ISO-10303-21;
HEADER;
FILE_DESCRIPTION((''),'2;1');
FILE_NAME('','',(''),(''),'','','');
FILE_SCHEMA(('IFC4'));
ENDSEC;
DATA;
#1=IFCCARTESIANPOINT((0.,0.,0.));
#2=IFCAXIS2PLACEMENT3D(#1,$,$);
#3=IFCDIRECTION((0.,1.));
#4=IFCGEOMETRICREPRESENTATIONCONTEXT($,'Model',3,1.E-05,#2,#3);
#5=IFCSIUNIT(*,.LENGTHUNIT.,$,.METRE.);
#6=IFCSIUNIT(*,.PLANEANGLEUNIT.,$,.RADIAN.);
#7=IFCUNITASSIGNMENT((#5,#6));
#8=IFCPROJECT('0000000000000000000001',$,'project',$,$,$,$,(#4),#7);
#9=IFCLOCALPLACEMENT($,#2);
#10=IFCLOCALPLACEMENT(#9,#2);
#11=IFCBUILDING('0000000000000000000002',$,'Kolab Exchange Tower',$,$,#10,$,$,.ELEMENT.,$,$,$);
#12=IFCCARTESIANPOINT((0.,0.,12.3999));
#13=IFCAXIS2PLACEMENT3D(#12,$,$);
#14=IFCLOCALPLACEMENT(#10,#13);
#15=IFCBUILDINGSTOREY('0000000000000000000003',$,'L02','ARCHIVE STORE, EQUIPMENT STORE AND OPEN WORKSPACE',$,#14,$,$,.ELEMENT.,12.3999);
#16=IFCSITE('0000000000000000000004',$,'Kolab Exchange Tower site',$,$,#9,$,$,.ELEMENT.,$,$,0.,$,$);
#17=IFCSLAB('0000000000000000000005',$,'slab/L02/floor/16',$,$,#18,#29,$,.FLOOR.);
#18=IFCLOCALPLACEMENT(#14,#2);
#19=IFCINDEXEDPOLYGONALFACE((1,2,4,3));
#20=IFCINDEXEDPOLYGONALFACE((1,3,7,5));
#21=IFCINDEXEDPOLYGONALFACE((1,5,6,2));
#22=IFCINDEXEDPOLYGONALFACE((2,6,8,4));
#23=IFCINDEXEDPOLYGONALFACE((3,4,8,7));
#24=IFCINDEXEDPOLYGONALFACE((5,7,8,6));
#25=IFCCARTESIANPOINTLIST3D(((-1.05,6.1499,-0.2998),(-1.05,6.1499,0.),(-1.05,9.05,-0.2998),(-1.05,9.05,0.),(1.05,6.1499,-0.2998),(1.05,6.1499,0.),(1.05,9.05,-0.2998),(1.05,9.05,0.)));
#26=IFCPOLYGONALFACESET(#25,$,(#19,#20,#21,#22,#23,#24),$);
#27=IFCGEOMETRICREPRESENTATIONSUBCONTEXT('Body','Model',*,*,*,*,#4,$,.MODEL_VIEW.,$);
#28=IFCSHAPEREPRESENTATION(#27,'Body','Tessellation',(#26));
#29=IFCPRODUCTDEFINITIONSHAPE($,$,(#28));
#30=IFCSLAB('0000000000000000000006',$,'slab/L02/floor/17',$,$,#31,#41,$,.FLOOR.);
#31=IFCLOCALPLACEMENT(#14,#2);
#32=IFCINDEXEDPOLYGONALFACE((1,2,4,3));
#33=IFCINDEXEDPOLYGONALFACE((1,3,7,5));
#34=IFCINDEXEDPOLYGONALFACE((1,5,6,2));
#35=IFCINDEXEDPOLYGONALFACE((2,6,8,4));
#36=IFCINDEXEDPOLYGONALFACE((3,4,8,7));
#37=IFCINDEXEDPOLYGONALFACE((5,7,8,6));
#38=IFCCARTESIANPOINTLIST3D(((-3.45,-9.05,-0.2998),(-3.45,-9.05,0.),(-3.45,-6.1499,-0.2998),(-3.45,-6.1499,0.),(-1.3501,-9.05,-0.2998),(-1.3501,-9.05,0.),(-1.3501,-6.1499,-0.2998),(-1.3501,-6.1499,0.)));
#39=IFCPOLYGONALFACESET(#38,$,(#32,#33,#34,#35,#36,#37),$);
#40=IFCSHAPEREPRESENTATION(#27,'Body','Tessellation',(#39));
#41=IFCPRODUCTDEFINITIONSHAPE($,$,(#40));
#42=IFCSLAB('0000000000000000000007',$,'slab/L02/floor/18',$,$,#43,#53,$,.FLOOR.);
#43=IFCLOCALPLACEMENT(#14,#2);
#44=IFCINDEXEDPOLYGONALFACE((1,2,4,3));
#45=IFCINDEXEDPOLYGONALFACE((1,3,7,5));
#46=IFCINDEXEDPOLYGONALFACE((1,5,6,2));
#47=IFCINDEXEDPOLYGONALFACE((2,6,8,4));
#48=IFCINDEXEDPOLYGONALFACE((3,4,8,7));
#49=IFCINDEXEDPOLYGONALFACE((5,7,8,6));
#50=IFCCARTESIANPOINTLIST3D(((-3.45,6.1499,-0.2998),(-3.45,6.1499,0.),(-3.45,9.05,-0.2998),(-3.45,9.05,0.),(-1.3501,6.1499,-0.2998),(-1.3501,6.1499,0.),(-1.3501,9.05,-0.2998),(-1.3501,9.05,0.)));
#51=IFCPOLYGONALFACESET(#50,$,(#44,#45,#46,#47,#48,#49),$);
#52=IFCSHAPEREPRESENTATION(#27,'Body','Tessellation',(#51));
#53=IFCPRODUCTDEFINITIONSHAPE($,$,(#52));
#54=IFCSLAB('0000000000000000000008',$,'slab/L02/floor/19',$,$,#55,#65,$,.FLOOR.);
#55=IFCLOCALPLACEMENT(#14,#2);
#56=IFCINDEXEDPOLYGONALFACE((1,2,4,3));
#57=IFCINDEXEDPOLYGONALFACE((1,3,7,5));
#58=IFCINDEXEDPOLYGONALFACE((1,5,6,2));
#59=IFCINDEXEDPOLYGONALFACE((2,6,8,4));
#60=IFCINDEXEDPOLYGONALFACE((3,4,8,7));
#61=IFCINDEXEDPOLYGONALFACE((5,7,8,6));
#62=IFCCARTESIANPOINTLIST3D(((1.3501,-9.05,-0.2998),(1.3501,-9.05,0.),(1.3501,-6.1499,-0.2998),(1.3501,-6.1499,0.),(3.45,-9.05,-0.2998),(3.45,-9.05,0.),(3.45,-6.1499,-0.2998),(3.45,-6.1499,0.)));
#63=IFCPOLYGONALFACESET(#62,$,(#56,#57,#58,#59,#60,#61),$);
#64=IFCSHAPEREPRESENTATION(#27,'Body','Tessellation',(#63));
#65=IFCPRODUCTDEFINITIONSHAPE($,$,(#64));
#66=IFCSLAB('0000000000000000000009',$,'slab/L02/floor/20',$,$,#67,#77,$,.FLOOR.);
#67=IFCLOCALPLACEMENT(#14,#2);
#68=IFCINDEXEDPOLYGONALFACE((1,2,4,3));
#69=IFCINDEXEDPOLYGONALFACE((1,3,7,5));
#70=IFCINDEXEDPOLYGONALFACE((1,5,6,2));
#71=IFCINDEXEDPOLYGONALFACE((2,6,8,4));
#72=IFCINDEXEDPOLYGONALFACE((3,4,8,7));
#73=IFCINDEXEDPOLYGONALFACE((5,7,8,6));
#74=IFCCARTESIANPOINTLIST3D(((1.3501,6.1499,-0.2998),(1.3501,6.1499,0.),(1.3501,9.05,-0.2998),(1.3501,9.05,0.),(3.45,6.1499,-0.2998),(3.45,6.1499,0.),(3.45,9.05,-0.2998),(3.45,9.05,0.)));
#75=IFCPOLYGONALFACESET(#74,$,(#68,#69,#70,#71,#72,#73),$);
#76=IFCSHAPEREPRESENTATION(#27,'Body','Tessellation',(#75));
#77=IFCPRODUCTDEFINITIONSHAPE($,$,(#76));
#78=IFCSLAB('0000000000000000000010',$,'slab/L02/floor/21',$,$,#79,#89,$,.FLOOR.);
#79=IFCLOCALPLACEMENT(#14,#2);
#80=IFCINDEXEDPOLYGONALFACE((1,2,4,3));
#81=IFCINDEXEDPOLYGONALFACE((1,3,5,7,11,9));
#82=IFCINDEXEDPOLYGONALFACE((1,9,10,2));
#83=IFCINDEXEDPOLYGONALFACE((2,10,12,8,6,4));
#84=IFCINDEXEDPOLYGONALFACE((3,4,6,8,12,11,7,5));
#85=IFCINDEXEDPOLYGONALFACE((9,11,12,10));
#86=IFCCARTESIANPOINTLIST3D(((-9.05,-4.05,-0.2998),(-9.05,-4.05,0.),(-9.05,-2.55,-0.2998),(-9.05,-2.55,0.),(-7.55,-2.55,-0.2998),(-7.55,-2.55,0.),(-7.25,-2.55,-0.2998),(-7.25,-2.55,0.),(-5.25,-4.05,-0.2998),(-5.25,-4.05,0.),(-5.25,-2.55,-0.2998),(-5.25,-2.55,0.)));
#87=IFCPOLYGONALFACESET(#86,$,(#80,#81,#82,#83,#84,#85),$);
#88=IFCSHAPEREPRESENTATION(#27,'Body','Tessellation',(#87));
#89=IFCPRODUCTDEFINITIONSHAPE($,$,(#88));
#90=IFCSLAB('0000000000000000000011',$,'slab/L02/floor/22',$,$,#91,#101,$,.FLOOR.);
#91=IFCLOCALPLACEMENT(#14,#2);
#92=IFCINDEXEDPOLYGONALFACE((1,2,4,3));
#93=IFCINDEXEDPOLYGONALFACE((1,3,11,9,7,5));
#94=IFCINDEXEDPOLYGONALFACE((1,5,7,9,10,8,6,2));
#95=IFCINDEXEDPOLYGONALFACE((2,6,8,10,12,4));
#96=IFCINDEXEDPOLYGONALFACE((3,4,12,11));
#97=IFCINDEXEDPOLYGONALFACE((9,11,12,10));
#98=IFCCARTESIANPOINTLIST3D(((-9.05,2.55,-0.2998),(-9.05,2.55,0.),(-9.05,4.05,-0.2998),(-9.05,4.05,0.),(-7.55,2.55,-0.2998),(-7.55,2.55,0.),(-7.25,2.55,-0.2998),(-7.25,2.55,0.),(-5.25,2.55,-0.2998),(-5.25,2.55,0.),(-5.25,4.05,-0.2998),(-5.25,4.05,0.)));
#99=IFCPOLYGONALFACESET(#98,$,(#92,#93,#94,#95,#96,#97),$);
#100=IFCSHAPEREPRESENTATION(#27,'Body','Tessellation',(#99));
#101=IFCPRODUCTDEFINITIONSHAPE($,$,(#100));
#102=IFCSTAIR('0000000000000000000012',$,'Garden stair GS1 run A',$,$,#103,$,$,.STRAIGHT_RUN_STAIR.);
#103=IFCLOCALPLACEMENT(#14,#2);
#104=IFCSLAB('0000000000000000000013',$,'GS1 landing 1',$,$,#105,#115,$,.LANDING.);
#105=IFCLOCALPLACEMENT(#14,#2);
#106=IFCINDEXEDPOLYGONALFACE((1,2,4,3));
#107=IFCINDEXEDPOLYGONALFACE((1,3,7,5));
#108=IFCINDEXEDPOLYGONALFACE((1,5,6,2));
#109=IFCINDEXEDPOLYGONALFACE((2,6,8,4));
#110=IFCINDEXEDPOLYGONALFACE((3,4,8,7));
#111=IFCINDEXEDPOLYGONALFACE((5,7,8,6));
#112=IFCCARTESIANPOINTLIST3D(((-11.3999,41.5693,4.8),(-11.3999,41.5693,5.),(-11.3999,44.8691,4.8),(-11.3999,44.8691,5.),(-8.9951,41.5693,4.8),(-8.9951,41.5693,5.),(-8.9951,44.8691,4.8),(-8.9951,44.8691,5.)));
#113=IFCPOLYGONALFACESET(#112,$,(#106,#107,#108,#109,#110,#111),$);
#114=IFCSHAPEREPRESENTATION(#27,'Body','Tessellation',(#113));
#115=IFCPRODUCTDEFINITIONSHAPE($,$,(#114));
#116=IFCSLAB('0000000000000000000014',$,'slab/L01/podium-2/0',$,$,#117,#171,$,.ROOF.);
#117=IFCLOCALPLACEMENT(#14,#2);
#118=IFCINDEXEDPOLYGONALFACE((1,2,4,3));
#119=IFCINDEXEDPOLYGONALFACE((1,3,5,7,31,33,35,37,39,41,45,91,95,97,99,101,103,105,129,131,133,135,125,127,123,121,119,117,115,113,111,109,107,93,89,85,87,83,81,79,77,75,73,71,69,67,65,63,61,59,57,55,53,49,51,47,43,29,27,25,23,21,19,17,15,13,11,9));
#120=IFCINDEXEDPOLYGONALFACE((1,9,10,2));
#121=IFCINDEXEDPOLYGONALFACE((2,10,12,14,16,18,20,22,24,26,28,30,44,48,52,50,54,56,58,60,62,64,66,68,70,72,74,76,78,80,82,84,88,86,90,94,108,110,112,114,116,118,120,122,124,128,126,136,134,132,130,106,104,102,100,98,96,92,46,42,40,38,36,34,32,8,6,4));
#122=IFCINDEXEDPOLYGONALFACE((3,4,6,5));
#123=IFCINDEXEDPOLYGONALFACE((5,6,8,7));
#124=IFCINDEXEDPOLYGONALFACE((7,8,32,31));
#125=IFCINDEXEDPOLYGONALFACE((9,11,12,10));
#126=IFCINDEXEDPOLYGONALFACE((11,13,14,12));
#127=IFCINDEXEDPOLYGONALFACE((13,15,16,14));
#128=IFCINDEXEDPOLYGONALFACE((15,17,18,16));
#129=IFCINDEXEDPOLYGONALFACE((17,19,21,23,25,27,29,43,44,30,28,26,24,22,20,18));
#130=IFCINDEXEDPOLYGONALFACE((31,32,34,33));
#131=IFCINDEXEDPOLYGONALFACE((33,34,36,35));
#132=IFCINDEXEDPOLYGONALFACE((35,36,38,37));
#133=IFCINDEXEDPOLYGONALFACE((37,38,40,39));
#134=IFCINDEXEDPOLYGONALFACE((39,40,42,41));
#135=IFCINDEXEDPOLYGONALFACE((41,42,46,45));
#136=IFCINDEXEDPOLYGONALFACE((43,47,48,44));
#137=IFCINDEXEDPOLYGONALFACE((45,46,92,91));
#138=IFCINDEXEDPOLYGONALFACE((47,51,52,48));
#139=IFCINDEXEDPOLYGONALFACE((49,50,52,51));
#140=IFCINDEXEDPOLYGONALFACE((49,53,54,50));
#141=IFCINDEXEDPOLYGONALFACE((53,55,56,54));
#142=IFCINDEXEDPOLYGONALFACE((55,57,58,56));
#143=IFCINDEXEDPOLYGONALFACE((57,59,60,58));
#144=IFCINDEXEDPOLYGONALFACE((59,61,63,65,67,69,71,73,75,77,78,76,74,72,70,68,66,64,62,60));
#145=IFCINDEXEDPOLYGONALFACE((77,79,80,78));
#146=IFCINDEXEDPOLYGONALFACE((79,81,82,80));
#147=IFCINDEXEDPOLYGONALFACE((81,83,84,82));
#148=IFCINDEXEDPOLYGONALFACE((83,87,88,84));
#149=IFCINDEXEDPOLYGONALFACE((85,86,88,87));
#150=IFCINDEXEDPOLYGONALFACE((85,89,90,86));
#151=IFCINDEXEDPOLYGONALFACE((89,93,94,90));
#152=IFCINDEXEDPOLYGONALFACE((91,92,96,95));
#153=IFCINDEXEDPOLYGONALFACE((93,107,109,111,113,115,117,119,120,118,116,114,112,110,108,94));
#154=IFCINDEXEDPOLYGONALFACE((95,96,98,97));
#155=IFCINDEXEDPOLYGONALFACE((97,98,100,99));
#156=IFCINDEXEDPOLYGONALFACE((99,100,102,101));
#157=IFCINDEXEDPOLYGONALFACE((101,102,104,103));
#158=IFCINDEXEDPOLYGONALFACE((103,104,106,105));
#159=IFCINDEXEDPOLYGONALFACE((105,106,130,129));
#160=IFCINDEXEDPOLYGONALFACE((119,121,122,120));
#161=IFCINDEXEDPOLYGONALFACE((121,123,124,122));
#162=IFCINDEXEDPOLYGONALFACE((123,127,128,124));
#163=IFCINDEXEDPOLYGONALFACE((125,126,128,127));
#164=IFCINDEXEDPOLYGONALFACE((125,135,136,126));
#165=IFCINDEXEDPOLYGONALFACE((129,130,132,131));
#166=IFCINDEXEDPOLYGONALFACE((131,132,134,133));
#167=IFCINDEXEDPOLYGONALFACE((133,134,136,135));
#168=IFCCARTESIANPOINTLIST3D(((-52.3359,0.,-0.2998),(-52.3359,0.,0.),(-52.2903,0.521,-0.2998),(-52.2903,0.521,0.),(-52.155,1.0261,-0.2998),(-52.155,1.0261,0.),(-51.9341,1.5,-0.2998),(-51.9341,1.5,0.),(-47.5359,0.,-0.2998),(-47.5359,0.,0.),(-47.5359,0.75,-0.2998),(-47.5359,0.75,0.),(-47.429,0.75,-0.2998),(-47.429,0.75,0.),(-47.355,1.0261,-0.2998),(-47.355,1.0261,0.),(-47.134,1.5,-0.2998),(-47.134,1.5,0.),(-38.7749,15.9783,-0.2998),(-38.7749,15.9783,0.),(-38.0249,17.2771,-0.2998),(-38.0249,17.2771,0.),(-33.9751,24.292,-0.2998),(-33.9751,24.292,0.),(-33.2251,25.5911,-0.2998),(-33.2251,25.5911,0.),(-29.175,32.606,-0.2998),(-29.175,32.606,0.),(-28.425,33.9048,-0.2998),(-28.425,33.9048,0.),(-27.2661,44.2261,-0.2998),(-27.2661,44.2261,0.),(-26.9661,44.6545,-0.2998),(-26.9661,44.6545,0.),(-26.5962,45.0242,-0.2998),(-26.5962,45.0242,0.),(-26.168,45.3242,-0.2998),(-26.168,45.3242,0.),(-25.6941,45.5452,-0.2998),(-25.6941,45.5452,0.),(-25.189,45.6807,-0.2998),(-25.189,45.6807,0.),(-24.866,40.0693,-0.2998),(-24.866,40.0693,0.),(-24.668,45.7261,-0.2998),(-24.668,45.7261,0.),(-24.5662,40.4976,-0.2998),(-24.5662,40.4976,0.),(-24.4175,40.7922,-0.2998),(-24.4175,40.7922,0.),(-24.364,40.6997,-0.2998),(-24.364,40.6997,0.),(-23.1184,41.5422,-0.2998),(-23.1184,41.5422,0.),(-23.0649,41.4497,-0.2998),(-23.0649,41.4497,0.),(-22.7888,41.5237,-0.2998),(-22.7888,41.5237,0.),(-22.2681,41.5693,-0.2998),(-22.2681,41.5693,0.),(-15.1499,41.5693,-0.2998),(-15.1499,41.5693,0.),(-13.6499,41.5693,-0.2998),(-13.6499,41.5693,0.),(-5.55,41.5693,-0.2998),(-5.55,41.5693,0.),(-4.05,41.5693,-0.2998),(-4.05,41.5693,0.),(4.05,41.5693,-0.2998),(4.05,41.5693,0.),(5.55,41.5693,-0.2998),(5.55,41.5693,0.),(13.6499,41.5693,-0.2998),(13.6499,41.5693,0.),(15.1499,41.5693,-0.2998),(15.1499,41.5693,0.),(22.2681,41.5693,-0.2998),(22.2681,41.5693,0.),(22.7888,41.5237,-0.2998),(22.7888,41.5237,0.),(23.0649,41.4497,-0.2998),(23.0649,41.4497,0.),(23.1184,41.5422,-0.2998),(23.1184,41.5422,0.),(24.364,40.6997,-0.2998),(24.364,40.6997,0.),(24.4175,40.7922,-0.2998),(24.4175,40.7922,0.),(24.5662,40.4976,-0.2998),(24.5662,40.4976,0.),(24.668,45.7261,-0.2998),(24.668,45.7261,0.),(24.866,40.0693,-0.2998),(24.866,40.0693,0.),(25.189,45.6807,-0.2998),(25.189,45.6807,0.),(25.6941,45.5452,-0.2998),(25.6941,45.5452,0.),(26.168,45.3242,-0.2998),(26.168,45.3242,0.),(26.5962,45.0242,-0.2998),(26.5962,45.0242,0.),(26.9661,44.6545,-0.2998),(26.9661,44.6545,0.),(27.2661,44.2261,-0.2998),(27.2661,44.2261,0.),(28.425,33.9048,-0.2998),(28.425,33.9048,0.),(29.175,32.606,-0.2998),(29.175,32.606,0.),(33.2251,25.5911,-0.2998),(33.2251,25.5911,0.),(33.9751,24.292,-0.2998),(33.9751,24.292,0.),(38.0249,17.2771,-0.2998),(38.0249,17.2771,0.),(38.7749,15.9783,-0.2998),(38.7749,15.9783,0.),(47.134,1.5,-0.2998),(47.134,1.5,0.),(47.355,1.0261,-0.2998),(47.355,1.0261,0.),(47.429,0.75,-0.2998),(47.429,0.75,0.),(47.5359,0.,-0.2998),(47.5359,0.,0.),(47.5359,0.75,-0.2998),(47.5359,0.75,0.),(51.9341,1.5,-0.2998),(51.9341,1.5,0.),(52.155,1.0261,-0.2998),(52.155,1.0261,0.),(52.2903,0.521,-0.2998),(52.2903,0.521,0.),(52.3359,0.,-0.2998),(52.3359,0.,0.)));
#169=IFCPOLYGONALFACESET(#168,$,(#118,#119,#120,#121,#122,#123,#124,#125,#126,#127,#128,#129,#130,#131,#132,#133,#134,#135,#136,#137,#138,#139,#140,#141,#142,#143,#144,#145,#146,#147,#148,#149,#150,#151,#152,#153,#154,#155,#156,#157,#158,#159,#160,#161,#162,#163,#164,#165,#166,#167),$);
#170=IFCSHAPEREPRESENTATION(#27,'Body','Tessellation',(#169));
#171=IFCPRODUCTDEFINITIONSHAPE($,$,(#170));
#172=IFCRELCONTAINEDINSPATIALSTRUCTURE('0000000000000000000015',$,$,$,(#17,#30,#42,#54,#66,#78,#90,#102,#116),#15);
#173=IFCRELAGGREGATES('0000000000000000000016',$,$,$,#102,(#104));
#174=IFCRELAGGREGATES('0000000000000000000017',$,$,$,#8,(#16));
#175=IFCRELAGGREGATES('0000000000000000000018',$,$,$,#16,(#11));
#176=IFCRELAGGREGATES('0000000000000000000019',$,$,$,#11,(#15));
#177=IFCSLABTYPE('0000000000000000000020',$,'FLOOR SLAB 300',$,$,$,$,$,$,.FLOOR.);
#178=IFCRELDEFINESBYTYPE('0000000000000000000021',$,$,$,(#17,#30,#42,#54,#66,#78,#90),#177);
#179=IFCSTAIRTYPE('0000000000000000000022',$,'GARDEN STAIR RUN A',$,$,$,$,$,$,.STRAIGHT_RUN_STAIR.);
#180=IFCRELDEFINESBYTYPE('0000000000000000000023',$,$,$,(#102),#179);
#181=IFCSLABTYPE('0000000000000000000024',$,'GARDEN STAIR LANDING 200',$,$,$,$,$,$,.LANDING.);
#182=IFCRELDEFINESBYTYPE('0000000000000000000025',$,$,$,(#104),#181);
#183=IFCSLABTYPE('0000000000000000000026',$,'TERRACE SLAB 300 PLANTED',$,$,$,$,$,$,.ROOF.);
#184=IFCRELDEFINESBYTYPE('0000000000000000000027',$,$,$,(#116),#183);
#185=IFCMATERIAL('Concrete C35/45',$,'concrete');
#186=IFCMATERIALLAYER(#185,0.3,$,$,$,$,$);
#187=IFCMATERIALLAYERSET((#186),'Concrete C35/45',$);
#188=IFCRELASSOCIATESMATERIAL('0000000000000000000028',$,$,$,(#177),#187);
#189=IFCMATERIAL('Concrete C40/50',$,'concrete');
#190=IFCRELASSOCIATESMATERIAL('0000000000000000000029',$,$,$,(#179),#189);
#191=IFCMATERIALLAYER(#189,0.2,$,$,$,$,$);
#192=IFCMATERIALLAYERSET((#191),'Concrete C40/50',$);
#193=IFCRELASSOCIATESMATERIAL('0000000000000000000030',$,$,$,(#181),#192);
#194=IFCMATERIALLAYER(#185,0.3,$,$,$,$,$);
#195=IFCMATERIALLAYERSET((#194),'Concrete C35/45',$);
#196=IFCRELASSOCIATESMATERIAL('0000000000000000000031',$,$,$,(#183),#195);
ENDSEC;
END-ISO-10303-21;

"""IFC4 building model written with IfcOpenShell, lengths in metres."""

from ifc_helpers import new_model, si_unit, direction, frame, origin, place, context, subcontext, project, spatial, polyline, outline, extrude, material, layer, layer_set, type_object, element, aggregate, save


model = new_model("IFC4")

# Units and contexts
model_context = context("Model", 3, precision=1e-05, world=origin(), true_north=direction((0.0, 1.0)))
body_context = subcontext(model_context, "Body", "Model", "MODEL_VIEW")
ifc_project = project(units=[si_unit("LENGTHUNIT", "METRE"), si_unit("PLANEANGLEUNIT", "RADIAN")], contexts=[model_context])

# Site, building, storey
site_placement = place(None, origin())
site = spatial("IfcSite", under=ifc_project, at=site_placement, Name="Kolab Exchange Tower site", CompositionType="ELEMENT", RefElevation=0.0)
building_placement = place(site_placement, origin())
building = spatial("IfcBuilding", under=site, at=building_placement, Name="Kolab Exchange Tower", CompositionType="ELEMENT")
storey_placement = place(building_placement, frame((0.0, 0.0, 12.3999)))
storey = spatial("IfcBuildingStorey", under=building, at=storey_placement, Name="L02", Description="ARCHIVE STORE, EQUIPMENT STORE AND OPEN WORKSPACE", CompositionType="ELEMENT", Elevation=12.3999)

# Slabs
ifc_material_1 = material(Name="Concrete C35/45", Category="concrete")
ifc_layer_1 = layer(ifc_material_1, 0.3)
ifc_layer_set_1 = layer_set([ifc_layer_1], Name="Concrete C35/45")
slab_type_1 = type_object("IfcSlabType", Name="FLOOR SLAB 300", PredefinedType="FLOOR", material=ifc_layer_set_1)
slab_1_placement = place(storey_placement, frame((0.0, 0.0, -0.2998)))
element("IfcSlab", 1, at=slab_1_placement, inside=storey, type_object=slab_type_1, Name="slab/L02/floor/16", PredefinedType="FLOOR", context=body_context, shape_type="SweptSolid", body=[
    extrude(outline(polyline([(1.05, 6.1499), (1.05, 9.05), (-1.05, 9.05), (-1.05, 6.1499), (1.05, 6.1499)])), origin(), (0.0, 0.0, 1.0), 0.2998),
])
slab_2_placement = place(storey_placement, frame((0.0, 0.0, -0.2998)))
element("IfcSlab", 2, at=slab_2_placement, inside=storey, type_object=slab_type_1, Name="slab/L02/floor/17", PredefinedType="FLOOR", context=body_context, shape_type="SweptSolid", body=[
    extrude(outline(polyline([(-1.3501, -6.1499), (-3.45, -6.1499), (-3.45, -9.05), (-1.3501, -9.05), (-1.3501, -6.1499)])), origin(), (0.0, 0.0, 1.0), 0.2998),
])
slab_3_placement = place(storey_placement, frame((0.0, 0.0, -0.2998)))
element("IfcSlab", 3, at=slab_3_placement, inside=storey, type_object=slab_type_1, Name="slab/L02/floor/18", PredefinedType="FLOOR", context=body_context, shape_type="SweptSolid", body=[
    extrude(outline(polyline([(-1.3501, 6.1499), (-1.3501, 9.05), (-3.45, 9.05), (-3.45, 6.1499), (-1.3501, 6.1499)])), origin(), (0.0, 0.0, 1.0), 0.2998),
])
slab_4_placement = place(storey_placement, frame((0.0, 0.0, -0.2998)))
element("IfcSlab", 4, at=slab_4_placement, inside=storey, type_object=slab_type_1, Name="slab/L02/floor/19", PredefinedType="FLOOR", context=body_context, shape_type="SweptSolid", body=[
    extrude(outline(polyline([(1.3501, -6.1499), (1.3501, -9.05), (3.45, -9.05), (3.45, -6.1499), (1.3501, -6.1499)])), origin(), (0.0, 0.0, 1.0), 0.2998),
])
slab_5_placement = place(storey_placement, frame((0.0, 0.0, -0.2998)))
element("IfcSlab", 5, at=slab_5_placement, inside=storey, type_object=slab_type_1, Name="slab/L02/floor/20", PredefinedType="FLOOR", context=body_context, shape_type="SweptSolid", body=[
    extrude(outline(polyline([(1.3501, 6.1499), (3.45, 6.1499), (3.45, 9.05), (1.3501, 9.05), (1.3501, 6.1499)])), origin(), (0.0, 0.0, 1.0), 0.2998),
])
slab_6_placement = place(storey_placement, frame((0.0, 0.0, -0.2998)))
element("IfcSlab", 6, at=slab_6_placement, inside=storey, type_object=slab_type_1, Name="slab/L02/floor/21", PredefinedType="FLOOR", context=body_context, shape_type="SweptSolid", body=[
    extrude(outline(polyline([(-9.05, -4.05), (-5.25, -4.05), (-5.25, -2.55), (-7.25, -2.55), (-7.55, -2.55), (-9.05, -2.55), (-9.05, -4.05)])), origin(), (0.0, 0.0, 1.0), 0.2998),
])
slab_7_placement = place(storey_placement, frame((0.0, 0.0, -0.2998)))
element("IfcSlab", 7, at=slab_7_placement, inside=storey, type_object=slab_type_1, Name="slab/L02/floor/22", PredefinedType="FLOOR", context=body_context, shape_type="SweptSolid", body=[
    extrude(outline(polyline([(-5.25, 4.05), (-9.05, 4.05), (-9.05, 2.55), (-7.55, 2.55), (-7.25, 2.55), (-5.25, 2.55), (-5.25, 4.05)])), origin(), (0.0, 0.0, 1.0), 0.2998),
])

# Stair, slab
ifc_material_2 = material(Name="Concrete C40/50", Category="concrete")
stair_type = type_object("IfcStairType", Name="GARDEN STAIR RUN A", PredefinedType="STRAIGHT_RUN_STAIR", material=ifc_material_2)
stair_placement = place(storey_placement, origin())
stair = element("IfcStair", 8, at=stair_placement, inside=storey, type_object=stair_type, Name="Garden stair GS1 run A", PredefinedType="STRAIGHT_RUN_STAIR")
ifc_layer_2 = layer(ifc_material_2, 0.2)
ifc_layer_set_2 = layer_set([ifc_layer_2], Name="Concrete C40/50")
slab_type_2 = type_object("IfcSlabType", Name="GARDEN STAIR LANDING 200", PredefinedType="LANDING", material=ifc_layer_set_2)
slab_8_placement = place(storey_placement, frame((0.0, 0.0, 4.8)))
slab_8 = element("IfcSlab", 9, at=slab_8_placement, type_object=slab_type_2, Name="GS1 landing 1", PredefinedType="LANDING", context=body_context, shape_type="SweptSolid", body=[
    extrude(outline(polyline([(-11.3999, 41.5693), (-8.9951, 41.5693), (-8.9951, 44.8691), (-11.3999, 44.8691), (-11.3999, 41.5693)])), origin(), (0.0, 0.0, 1.0), 0.2),
])
aggregate(stair, [slab_8])

# Slab
ifc_layer_3 = layer(ifc_material_1, 0.3)
ifc_layer_set_3 = layer_set([ifc_layer_3], Name="Concrete C35/45")
slab_type_3 = type_object("IfcSlabType", Name="TERRACE SLAB 300 PLANTED", PredefinedType="ROOF", material=ifc_layer_set_3)
slab_9_placement = place(storey_placement, frame((0.0, 0.0, -0.2998)))
element("IfcSlab", 10, at=slab_9_placement, inside=storey, type_object=slab_type_3, Name="slab/L01/podium-2/0", PredefinedType="ROOF", context=body_context, shape_type="SweptSolid", body=[
    extrude(outline(polyline([(-52.3359, 0.0), (-47.5359, 0.0), (-47.5359, 0.75), (-47.429, 0.75), (-47.355, 1.0261), (-47.134, 1.5), (-38.7749, 15.9783), (-38.0249, 17.2771), (-33.9751, 24.292), (-33.2251, 25.5911), (-29.175, 32.606), (-28.425, 33.9048), (-24.866, 40.0693), (-24.5662, 40.4976), (-24.364, 40.6997), (-24.4175, 40.7922), (-23.1184, 41.5422), (-23.0649, 41.4497), (-22.7888, 41.5237), (-22.2681, 41.5693), (-15.1499, 41.5693), (-13.6499, 41.5693), (-5.55, 41.5693), (-4.05, 41.5693), (4.05, 41.5693), (5.55, 41.5693), (13.6499, 41.5693), (15.1499, 41.5693), (22.2681, 41.5693), (22.7888, 41.5237), (23.0649, 41.4497), (23.1184, 41.5422), (24.4175, 40.7922), (24.364, 40.6997), (24.5662, 40.4976), (24.866, 40.0693), (28.425, 33.9048), (29.175, 32.606), (33.2251, 25.5911), (33.9751, 24.292), (38.0249, 17.2771), (38.7749, 15.9783), (47.134, 1.5), (47.355, 1.0261), (47.429, 0.75), (47.5359, 0.75), (47.5359, 0.0), (52.3359, 0.0), (52.2903, 0.521), (52.155, 1.0261), (51.9341, 1.5), (27.2661, 44.2261), (26.9661, 44.6545), (26.5962, 45.0242), (26.168, 45.3242), (25.6941, 45.5452), (25.189, 45.6807), (24.668, 45.7261), (-24.668, 45.7261), (-25.189, 45.6807), (-25.6941, 45.5452), (-26.168, 45.3242), (-26.5962, 45.0242), (-26.9661, 44.6545), (-27.2661, 44.2261), (-51.9341, 1.5), (-52.155, 1.0261), (-52.2903, 0.521), (-52.3359, 0.0)])), origin(), (0.0, 0.0, 1.0), 0.2998),
])

save(model, "model.ifc")
